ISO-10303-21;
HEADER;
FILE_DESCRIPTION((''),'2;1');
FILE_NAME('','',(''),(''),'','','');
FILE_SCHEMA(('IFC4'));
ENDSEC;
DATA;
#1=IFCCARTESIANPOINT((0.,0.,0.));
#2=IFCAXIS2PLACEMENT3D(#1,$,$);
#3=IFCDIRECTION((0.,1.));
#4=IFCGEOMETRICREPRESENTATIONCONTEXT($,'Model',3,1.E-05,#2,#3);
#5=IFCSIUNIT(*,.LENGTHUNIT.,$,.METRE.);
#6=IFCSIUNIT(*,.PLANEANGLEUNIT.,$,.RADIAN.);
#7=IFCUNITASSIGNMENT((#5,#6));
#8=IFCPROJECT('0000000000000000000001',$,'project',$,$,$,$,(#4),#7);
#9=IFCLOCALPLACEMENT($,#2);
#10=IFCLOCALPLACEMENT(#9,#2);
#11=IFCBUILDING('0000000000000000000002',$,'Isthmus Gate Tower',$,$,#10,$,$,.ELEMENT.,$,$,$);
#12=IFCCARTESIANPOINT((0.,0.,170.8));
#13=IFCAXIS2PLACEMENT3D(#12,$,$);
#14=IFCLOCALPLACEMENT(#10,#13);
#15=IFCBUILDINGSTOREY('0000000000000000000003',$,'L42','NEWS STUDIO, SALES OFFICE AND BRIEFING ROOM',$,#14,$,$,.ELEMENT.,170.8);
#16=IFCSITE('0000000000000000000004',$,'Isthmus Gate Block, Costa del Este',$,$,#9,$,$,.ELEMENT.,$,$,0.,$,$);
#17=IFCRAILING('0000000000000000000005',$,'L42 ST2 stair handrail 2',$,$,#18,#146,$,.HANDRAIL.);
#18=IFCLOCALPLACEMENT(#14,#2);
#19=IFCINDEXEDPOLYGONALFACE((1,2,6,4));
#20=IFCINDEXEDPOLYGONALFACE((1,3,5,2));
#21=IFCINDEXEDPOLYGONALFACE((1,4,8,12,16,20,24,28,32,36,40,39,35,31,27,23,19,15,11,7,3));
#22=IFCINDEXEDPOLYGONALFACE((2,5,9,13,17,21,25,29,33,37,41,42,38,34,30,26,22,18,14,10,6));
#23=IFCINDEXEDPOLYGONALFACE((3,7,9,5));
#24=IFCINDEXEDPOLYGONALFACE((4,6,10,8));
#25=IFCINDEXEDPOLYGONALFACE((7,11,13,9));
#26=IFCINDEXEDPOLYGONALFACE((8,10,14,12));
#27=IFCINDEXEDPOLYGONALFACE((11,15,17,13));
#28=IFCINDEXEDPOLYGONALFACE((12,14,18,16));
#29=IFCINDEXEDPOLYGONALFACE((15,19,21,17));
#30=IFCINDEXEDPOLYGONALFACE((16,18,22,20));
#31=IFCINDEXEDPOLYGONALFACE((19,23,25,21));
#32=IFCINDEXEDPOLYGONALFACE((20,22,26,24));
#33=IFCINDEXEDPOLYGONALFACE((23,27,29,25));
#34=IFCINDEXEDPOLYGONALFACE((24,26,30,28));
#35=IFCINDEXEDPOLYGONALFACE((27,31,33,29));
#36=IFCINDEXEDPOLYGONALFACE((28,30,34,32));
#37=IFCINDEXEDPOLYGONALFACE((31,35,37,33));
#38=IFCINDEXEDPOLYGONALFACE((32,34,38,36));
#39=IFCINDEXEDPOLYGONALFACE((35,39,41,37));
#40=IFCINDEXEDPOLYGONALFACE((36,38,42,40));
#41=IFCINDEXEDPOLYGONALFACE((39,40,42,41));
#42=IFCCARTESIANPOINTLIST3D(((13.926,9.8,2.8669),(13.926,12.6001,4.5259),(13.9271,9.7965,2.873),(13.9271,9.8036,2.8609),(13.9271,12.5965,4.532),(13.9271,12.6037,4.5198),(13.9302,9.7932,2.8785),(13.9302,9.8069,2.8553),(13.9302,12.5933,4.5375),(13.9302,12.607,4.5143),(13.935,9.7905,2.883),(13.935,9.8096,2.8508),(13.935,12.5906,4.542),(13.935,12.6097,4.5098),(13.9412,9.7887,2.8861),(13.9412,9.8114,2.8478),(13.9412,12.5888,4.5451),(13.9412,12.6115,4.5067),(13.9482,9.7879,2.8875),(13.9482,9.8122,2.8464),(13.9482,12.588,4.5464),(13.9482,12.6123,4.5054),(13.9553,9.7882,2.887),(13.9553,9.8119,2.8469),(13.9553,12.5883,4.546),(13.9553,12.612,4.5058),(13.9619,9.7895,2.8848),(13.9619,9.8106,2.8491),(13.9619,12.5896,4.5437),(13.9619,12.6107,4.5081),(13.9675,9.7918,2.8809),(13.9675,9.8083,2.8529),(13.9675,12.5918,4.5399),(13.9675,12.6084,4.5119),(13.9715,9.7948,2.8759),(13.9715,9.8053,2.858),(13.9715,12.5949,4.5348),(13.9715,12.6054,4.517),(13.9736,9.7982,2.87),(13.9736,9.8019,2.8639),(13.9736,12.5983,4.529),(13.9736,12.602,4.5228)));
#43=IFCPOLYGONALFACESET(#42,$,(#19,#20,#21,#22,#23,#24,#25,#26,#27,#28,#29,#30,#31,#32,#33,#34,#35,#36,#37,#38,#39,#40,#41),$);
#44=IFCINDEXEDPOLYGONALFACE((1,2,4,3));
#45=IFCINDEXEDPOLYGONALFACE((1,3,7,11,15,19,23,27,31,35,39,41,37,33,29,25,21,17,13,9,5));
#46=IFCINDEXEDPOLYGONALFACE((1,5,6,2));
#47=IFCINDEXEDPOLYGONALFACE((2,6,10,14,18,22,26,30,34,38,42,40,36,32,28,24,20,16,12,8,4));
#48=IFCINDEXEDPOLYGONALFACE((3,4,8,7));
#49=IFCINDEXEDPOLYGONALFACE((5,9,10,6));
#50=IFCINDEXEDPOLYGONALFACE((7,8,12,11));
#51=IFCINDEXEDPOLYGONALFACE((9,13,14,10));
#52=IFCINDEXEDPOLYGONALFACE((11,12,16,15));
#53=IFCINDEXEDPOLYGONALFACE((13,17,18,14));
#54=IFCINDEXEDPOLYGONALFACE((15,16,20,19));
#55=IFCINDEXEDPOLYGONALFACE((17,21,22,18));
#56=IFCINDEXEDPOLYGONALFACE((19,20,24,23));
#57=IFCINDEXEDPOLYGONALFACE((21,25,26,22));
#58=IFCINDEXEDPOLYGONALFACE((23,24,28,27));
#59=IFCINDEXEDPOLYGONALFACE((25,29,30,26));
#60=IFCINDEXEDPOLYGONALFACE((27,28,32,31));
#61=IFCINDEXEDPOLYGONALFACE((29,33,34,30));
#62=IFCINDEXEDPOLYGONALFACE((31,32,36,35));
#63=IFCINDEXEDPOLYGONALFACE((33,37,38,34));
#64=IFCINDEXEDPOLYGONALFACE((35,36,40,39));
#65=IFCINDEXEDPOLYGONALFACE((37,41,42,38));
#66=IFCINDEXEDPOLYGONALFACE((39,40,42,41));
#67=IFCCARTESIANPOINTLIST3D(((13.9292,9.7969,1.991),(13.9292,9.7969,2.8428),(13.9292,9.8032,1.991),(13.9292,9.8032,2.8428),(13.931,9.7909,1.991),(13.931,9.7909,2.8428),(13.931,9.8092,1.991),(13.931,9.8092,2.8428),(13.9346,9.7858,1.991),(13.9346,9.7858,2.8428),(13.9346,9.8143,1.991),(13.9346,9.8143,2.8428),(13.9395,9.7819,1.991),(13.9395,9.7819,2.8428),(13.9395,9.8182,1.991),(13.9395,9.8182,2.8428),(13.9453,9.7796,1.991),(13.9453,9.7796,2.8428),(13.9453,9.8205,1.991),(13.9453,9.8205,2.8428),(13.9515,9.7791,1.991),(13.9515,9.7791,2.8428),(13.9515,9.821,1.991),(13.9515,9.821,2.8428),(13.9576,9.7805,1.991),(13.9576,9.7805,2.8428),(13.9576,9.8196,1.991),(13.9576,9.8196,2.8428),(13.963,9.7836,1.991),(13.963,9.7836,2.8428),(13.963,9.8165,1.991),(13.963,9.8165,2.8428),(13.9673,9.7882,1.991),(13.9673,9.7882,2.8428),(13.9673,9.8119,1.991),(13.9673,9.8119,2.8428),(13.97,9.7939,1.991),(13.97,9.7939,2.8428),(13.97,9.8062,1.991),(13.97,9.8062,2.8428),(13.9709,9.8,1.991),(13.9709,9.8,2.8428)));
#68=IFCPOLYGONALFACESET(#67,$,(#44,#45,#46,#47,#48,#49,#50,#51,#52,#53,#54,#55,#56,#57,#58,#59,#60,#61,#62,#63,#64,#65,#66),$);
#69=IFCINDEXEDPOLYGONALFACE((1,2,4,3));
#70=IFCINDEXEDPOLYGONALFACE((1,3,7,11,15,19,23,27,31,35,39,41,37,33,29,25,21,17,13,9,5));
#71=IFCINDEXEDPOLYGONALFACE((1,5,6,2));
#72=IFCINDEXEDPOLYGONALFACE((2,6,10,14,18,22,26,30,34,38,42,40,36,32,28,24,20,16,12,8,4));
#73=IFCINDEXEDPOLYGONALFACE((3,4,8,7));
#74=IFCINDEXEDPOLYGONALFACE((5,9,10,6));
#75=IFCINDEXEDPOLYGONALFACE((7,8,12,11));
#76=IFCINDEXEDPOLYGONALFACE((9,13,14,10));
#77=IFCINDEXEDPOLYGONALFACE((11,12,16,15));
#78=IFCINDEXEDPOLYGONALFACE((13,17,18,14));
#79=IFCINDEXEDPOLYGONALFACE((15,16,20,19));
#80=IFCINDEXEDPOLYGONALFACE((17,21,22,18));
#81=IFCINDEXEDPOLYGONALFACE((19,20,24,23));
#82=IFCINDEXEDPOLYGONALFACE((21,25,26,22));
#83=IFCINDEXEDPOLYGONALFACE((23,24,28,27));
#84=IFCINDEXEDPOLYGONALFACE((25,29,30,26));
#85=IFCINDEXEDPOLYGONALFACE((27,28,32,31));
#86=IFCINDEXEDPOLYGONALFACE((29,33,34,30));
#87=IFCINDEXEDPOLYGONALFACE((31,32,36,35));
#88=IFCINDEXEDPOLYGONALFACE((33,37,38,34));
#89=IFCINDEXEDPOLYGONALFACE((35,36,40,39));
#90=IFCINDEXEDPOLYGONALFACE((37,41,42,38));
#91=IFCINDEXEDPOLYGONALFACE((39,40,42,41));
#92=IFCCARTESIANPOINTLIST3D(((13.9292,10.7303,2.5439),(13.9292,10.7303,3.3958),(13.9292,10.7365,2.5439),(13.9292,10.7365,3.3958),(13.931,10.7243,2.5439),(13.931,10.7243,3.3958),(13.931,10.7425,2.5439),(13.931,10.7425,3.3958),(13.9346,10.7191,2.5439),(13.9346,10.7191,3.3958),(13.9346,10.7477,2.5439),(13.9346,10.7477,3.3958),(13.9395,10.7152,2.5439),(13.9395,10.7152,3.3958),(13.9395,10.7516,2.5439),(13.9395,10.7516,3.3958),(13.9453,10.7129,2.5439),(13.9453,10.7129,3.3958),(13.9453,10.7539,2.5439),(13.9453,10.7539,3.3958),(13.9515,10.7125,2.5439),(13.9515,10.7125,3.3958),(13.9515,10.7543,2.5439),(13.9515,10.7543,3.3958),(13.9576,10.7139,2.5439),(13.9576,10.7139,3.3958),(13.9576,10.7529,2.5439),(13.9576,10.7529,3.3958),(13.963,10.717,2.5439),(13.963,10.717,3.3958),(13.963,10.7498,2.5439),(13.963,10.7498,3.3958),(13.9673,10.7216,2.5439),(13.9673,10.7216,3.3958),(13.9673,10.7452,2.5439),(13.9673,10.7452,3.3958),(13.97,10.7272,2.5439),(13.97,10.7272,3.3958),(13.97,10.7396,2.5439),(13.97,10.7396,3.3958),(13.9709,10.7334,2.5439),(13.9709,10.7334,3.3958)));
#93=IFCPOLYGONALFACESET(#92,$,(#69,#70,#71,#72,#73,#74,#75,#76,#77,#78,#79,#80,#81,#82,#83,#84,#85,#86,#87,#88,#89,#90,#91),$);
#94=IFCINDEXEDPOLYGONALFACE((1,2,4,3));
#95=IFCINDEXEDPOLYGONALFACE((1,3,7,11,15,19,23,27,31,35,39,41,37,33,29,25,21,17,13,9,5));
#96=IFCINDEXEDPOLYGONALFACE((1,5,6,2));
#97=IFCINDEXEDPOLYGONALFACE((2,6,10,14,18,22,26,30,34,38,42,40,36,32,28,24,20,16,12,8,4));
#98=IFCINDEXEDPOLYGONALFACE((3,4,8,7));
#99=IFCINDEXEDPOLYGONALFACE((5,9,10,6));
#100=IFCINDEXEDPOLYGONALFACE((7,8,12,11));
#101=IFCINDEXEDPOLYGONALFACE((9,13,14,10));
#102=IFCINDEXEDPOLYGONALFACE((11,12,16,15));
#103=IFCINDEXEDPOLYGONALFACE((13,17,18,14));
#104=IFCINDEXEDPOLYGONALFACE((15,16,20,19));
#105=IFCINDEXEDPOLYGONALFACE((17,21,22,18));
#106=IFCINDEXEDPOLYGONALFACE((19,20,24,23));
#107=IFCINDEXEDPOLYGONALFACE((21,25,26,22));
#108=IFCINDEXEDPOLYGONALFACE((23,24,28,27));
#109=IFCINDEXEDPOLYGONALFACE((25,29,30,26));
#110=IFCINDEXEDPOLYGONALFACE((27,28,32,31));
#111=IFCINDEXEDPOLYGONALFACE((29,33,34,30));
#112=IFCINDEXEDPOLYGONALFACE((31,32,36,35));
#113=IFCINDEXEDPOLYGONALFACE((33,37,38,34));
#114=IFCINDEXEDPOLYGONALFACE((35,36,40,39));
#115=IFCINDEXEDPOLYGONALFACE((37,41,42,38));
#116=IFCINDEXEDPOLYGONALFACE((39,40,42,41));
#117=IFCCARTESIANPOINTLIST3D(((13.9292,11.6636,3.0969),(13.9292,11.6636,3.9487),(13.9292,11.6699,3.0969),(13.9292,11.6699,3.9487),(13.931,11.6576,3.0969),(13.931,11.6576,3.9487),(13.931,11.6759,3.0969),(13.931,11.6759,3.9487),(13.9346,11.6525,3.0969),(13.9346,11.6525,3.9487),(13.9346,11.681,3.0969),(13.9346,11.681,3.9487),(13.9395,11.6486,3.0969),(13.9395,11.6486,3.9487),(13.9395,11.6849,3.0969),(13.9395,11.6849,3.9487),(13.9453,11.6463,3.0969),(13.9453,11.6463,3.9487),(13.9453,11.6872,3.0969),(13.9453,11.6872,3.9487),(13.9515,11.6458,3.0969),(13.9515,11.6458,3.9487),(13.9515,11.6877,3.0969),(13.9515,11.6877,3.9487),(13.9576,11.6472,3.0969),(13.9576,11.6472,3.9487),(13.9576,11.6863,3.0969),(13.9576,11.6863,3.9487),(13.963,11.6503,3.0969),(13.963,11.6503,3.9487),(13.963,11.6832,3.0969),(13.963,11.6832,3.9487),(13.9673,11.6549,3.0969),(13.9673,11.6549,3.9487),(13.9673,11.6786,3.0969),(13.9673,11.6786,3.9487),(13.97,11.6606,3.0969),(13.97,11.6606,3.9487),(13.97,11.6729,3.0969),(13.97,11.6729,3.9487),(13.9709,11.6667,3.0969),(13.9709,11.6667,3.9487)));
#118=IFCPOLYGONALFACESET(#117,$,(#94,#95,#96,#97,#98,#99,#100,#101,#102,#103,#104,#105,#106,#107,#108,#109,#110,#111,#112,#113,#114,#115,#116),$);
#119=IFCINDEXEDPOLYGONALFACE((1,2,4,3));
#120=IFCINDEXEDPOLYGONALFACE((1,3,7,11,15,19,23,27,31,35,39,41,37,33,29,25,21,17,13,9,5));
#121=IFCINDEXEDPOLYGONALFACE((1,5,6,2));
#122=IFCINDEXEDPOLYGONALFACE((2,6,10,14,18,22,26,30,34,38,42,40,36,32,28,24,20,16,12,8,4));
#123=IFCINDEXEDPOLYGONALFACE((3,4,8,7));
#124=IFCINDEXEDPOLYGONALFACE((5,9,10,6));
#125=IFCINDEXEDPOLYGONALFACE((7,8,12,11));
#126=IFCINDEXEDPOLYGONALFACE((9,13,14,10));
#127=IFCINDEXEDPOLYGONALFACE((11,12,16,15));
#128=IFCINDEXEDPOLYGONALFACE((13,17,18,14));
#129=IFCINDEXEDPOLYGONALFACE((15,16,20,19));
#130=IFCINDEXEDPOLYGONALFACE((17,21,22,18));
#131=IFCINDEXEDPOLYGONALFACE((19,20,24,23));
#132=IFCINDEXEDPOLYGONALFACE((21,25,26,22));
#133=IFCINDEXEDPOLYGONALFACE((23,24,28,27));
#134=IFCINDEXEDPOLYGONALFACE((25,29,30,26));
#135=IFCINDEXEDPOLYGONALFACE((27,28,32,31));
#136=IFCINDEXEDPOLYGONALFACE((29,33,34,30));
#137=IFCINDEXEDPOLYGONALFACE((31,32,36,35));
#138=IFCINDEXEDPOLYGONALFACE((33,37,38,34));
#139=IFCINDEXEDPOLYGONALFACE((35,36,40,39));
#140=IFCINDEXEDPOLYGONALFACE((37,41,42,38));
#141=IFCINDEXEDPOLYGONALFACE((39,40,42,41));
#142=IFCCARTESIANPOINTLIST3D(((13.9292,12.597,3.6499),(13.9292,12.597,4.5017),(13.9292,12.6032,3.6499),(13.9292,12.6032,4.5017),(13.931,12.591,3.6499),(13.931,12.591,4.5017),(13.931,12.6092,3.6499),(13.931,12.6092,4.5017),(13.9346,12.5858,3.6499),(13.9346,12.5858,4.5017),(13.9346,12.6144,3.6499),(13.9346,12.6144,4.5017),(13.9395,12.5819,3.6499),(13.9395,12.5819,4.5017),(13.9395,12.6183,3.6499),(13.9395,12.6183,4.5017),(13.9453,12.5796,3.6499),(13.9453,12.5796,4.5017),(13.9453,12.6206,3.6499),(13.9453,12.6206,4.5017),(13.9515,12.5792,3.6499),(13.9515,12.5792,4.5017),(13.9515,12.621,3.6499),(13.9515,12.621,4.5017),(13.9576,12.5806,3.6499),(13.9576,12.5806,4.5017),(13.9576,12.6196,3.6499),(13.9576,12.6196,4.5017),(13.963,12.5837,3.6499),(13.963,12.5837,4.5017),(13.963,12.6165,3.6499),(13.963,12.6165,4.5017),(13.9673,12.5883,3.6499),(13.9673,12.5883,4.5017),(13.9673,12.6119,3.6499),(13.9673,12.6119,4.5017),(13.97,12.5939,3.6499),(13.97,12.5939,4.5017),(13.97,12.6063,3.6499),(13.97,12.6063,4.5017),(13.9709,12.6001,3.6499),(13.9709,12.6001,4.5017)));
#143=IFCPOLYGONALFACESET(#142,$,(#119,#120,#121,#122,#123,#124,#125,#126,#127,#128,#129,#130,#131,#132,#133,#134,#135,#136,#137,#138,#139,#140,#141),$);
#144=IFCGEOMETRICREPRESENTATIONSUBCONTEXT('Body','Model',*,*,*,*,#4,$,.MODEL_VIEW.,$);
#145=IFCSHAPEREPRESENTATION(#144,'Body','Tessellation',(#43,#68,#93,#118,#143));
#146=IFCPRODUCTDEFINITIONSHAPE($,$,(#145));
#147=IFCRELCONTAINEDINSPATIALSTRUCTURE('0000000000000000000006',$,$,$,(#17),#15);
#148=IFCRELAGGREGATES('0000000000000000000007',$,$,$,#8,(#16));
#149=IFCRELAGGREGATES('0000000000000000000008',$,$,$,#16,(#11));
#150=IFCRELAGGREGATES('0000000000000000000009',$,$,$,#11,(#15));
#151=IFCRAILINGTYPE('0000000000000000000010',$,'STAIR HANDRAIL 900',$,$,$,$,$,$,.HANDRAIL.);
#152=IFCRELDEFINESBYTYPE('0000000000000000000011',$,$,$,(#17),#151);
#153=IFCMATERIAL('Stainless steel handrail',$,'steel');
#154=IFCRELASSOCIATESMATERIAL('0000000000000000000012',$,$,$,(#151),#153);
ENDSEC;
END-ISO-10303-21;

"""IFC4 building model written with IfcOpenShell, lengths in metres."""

from ifc_helpers import new_model, si_unit, direction, frame, origin, origin_2d, place, context, subcontext, project, spatial, circle, extrude, material, type_object, element, save


model = new_model("IFC4")

# Units and contexts
model_context = context("Model", 3, precision=1e-05, world=origin(), true_north=direction((0.0, 1.0)))
body_context = subcontext(model_context, "Body", "Model", "MODEL_VIEW")
ifc_project = project(units=[si_unit("LENGTHUNIT", "METRE"), si_unit("PLANEANGLEUNIT", "RADIAN")], contexts=[model_context])

# Site, building, storey
site_placement = place(None, origin())
site = spatial("IfcSite", under=ifc_project, at=site_placement, Name="Isthmus Gate Block, Costa del Este", CompositionType="ELEMENT", RefElevation=0.0)
building_placement = place(site_placement, origin())
building = spatial("IfcBuilding", under=site, at=building_placement, Name="Isthmus Gate Tower", CompositionType="ELEMENT")
storey_placement = place(building_placement, frame((0.0, 0.0, 170.8)))
storey = spatial("IfcBuildingStorey", under=building, at=storey_placement, Name="L42", Description="NEWS STUDIO, SALES OFFICE AND BRIEFING ROOM", CompositionType="ELEMENT", Elevation=170.8)

# Railing
ifc_material_1 = material(Name="Stainless steel handrail", Category="steel")
railing_type = type_object("IfcRailingType", Name="STAIR HANDRAIL 900", PredefinedType="HANDRAIL", material=ifc_material_1)
railing_placement = place(storey_placement, frame((13.95, 9.8, 1.991)))
element("IfcRailing", 1, at=railing_placement, inside=storey, type_object=railing_type, Name="L42 ST2 stair handrail 2", PredefinedType="HANDRAIL", context=body_context, shape_type="SweptSolid", body=[
    extrude(circle(Radius=0.0239, at=origin_2d()), frame((0.0, 0.0, 0.876), z_axis=(0.0, 0.860339, 0.509722), x_axis=(-1.0, 0.0, 0.0)), (0.0, 0.0, 1.0), 3.2546),
    extrude(circle(Radius=0.021, at=origin_2d()), origin(), (0.0, 0.0, 1.0), 0.8518),
    extrude(circle(Radius=0.021, at=origin_2d()), frame((0.0, 0.9333, 0.553)), (0.0, 0.0, 1.0), 0.8518),
    extrude(circle(Radius=0.021, at=origin_2d()), frame((0.0, 1.8667, 1.106)), (0.0, 0.0, 1.0), 0.8518),
    extrude(circle(Radius=0.021, at=origin_2d()), frame((0.0, 2.8, 1.6589)), (0.0, 0.0, 1.0), 0.8518),
])

save(model, "model.ifc")
